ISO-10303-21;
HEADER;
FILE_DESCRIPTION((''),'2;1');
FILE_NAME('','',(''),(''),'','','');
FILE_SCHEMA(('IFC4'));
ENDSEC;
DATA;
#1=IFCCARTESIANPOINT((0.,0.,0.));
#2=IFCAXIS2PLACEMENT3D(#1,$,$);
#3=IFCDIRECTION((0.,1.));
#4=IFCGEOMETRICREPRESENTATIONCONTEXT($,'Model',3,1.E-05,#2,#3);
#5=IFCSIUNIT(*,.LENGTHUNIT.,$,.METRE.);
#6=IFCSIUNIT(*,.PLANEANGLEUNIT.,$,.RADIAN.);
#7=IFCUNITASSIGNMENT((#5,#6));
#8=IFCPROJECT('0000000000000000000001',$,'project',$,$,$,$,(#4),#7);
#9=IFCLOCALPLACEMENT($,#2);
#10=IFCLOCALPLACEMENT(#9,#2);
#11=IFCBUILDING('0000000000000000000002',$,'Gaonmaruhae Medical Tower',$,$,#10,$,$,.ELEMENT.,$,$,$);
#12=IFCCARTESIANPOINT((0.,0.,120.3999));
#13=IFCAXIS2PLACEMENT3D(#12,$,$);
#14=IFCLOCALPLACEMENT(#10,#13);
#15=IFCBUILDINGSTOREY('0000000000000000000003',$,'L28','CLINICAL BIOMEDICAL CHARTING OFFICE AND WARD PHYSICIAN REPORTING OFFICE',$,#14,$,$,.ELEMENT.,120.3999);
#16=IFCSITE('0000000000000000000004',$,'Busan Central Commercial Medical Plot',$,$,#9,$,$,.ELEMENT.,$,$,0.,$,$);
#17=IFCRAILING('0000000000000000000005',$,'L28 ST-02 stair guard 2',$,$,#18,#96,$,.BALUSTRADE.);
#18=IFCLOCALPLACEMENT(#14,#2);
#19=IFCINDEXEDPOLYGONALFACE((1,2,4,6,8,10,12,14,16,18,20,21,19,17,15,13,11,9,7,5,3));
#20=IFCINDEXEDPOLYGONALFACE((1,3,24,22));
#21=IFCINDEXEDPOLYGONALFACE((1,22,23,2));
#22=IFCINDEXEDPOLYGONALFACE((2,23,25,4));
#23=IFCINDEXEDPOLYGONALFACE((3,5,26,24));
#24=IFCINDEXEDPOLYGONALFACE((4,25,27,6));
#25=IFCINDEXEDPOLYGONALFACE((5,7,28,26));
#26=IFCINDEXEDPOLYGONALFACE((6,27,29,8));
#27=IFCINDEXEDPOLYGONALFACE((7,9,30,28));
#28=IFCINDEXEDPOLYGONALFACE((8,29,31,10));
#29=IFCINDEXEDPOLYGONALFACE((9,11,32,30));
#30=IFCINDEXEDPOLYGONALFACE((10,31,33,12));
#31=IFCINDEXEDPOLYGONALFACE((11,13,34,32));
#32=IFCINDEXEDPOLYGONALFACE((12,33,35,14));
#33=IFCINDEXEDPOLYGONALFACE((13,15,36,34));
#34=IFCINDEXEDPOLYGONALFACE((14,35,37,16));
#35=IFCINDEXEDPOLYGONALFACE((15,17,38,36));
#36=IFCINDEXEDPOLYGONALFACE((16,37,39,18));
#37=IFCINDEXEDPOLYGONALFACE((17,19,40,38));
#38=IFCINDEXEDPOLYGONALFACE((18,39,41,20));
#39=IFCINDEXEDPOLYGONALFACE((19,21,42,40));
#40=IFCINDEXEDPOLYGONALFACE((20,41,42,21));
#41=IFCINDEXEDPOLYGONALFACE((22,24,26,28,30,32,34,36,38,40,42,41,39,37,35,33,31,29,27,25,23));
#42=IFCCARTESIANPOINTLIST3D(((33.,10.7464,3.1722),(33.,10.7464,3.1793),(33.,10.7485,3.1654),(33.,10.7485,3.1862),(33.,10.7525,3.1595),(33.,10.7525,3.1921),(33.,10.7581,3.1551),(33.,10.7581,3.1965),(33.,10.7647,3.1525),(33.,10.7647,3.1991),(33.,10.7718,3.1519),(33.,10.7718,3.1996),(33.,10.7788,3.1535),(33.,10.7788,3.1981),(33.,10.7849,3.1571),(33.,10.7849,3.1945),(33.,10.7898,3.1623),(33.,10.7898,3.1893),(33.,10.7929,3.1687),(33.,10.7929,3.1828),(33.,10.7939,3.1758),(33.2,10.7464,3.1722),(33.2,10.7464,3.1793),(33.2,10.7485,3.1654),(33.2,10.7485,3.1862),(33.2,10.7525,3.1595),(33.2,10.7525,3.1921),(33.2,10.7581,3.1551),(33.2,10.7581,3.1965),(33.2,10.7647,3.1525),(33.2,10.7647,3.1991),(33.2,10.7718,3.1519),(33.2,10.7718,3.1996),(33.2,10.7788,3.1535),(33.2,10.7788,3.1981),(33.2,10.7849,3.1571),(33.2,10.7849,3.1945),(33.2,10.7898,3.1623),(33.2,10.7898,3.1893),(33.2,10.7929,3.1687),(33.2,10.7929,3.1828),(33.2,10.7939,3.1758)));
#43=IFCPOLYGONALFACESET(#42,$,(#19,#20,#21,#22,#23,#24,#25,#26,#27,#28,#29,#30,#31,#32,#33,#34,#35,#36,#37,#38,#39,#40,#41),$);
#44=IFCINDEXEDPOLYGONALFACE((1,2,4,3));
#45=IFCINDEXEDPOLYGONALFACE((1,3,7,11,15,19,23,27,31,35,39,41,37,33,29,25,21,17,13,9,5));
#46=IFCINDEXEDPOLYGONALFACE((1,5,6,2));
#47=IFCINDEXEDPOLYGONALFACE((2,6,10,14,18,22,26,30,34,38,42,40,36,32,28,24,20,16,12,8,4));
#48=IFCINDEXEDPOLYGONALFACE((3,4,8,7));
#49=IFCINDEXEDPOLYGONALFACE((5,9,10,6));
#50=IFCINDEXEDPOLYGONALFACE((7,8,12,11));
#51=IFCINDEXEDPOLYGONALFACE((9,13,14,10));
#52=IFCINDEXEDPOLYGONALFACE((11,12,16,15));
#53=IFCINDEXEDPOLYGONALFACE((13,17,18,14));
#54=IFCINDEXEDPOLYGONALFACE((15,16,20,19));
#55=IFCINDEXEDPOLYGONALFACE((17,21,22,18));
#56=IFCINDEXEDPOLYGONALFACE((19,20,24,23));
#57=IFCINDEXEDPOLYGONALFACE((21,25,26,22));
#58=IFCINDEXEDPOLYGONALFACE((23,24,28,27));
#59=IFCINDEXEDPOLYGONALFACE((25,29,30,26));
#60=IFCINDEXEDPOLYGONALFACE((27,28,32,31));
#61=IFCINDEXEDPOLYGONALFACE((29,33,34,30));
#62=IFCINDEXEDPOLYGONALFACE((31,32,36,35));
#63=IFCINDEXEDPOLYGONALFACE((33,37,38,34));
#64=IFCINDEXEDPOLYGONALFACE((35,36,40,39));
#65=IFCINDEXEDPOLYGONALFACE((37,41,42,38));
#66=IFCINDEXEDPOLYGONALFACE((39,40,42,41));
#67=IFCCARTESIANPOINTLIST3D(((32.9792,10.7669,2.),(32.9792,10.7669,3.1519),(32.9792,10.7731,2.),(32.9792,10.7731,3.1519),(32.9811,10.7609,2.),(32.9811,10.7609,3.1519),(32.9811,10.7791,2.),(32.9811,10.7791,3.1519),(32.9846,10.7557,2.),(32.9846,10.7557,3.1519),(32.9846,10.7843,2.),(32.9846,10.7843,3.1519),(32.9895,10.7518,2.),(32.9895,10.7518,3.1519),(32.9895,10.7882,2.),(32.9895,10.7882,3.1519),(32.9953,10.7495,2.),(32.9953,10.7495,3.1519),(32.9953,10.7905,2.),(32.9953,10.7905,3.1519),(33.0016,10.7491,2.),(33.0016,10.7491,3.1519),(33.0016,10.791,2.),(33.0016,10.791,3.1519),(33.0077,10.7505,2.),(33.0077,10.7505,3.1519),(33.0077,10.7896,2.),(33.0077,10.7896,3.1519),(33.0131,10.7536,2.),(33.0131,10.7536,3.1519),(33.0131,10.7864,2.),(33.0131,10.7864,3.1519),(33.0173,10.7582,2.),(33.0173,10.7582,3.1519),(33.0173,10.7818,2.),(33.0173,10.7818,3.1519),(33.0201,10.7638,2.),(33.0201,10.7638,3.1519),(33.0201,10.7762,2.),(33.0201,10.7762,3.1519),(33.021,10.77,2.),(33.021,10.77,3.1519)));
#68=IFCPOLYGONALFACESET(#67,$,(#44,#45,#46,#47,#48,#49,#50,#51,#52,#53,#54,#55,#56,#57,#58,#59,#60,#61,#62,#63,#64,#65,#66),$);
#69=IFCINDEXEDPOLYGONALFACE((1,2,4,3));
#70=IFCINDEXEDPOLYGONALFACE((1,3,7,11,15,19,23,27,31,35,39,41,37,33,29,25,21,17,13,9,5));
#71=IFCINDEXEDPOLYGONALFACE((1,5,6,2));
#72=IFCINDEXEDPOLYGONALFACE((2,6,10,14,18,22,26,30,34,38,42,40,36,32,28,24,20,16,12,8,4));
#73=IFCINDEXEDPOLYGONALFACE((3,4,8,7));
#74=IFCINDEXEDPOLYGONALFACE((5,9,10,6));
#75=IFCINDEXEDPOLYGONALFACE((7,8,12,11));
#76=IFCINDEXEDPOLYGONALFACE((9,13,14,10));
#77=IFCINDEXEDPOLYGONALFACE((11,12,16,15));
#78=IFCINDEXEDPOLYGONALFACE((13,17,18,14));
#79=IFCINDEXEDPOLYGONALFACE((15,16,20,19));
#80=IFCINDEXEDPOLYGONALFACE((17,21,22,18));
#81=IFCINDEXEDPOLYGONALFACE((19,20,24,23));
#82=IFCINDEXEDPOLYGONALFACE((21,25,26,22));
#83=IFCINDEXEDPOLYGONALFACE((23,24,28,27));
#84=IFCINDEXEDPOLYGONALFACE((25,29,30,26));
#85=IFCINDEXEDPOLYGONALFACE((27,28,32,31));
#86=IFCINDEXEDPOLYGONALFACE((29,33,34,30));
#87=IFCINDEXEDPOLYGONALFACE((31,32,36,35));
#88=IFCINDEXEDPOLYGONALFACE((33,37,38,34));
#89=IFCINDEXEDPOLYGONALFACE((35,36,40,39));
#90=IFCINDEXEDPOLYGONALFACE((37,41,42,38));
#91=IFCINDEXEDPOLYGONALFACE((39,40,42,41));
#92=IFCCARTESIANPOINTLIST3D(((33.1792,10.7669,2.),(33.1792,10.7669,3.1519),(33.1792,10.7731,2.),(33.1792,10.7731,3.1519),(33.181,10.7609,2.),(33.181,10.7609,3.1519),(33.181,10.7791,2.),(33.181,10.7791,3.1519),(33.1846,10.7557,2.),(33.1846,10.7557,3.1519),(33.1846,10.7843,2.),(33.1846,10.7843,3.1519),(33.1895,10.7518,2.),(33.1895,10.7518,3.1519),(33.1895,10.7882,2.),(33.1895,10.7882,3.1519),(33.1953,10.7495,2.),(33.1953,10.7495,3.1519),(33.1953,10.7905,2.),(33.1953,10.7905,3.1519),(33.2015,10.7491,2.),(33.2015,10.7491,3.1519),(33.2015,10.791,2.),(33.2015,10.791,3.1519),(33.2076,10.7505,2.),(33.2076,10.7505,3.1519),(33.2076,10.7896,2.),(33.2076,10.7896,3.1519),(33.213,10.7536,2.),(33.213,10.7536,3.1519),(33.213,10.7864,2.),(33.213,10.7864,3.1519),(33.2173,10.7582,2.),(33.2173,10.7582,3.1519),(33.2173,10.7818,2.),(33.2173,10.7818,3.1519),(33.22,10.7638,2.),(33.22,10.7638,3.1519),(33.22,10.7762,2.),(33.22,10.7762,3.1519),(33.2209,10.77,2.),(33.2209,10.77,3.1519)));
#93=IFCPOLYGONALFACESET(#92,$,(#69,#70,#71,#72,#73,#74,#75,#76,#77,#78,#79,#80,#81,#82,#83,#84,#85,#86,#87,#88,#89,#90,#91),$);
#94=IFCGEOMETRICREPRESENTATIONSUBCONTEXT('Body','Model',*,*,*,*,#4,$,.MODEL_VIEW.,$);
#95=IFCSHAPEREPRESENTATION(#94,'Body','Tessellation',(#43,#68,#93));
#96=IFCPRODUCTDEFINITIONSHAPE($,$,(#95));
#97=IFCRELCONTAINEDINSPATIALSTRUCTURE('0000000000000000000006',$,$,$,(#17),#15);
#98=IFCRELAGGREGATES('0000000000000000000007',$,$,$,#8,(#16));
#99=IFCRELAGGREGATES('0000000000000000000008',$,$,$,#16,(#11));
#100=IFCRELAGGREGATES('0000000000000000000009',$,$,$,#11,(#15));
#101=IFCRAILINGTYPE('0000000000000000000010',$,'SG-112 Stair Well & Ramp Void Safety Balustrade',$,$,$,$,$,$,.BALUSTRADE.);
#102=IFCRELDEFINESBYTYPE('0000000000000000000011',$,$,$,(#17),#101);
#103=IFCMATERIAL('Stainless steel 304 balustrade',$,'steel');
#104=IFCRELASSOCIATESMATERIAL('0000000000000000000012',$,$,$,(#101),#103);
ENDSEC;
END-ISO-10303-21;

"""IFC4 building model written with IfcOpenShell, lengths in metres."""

from ifc_helpers import new_model, si_unit, direction, frame, origin, origin_2d, place, context, subcontext, project, spatial, circle, extrude, material, type_object, element, save


model = new_model("IFC4")

# Units and contexts
model_context = context("Model", 3, precision=1e-05, world=origin(), true_north=direction((0.0, 1.0)))
body_context = subcontext(model_context, "Body", "Model", "MODEL_VIEW")
ifc_project = project(units=[si_unit("LENGTHUNIT", "METRE"), si_unit("PLANEANGLEUNIT", "RADIAN")], contexts=[model_context])

# Site, building, storey
site_placement = place(None, origin())
site = spatial("IfcSite", under=ifc_project, at=site_placement, Name="Busan Central Commercial Medical Plot", CompositionType="ELEMENT", RefElevation=0.0)
building_placement = place(site_placement, origin())
building = spatial("IfcBuilding", under=site, at=building_placement, Name="Gaonmaruhae Medical Tower", CompositionType="ELEMENT")
storey_placement = place(building_placement, frame((0.0, 0.0, 120.3999)))
storey = spatial("IfcBuildingStorey", under=building, at=storey_placement, Name="L28", Description="CLINICAL BIOMEDICAL CHARTING OFFICE AND WARD PHYSICIAN REPORTING OFFICE", CompositionType="ELEMENT", Elevation=120.3999)

# Railing
ifc_material_1 = material(Name="Stainless steel 304 balustrade", Category="steel")
railing_type_1 = type_object("IfcRailingType", Name="SG-112 Stair Well & Ramp Void Safety Balustrade", PredefinedType="BALUSTRADE", material=ifc_material_1)
railing_1_placement = place(storey_placement, frame((33.0, 10.77, 2.0)))
element("IfcRailing", 1, at=railing_1_placement, inside=storey, type_object=railing_type_1, Name="L28 ST-02 stair guard 2", PredefinedType="BALUSTRADE", context=body_context, shape_type="SweptSolid", body=[
    extrude(circle(Radius=0.0239, at=origin_2d()), frame((0.0, 0.0, 1.1758), z_axis=(1.0, 0.0, 0.0), x_axis=(0.0, 1.0, 0.0)), (0.0, 0.0, 1.0), 0.2),
    extrude(circle(Radius=0.021, at=origin_2d()), origin(), (0.0, 0.0, 1.0), 1.1519),
    extrude(circle(Radius=0.021, at=origin_2d()), frame((0.2, 0.0, 0.0)), (0.0, 0.0, 1.0), 1.1519),
])

save(model, "model.ifc")
